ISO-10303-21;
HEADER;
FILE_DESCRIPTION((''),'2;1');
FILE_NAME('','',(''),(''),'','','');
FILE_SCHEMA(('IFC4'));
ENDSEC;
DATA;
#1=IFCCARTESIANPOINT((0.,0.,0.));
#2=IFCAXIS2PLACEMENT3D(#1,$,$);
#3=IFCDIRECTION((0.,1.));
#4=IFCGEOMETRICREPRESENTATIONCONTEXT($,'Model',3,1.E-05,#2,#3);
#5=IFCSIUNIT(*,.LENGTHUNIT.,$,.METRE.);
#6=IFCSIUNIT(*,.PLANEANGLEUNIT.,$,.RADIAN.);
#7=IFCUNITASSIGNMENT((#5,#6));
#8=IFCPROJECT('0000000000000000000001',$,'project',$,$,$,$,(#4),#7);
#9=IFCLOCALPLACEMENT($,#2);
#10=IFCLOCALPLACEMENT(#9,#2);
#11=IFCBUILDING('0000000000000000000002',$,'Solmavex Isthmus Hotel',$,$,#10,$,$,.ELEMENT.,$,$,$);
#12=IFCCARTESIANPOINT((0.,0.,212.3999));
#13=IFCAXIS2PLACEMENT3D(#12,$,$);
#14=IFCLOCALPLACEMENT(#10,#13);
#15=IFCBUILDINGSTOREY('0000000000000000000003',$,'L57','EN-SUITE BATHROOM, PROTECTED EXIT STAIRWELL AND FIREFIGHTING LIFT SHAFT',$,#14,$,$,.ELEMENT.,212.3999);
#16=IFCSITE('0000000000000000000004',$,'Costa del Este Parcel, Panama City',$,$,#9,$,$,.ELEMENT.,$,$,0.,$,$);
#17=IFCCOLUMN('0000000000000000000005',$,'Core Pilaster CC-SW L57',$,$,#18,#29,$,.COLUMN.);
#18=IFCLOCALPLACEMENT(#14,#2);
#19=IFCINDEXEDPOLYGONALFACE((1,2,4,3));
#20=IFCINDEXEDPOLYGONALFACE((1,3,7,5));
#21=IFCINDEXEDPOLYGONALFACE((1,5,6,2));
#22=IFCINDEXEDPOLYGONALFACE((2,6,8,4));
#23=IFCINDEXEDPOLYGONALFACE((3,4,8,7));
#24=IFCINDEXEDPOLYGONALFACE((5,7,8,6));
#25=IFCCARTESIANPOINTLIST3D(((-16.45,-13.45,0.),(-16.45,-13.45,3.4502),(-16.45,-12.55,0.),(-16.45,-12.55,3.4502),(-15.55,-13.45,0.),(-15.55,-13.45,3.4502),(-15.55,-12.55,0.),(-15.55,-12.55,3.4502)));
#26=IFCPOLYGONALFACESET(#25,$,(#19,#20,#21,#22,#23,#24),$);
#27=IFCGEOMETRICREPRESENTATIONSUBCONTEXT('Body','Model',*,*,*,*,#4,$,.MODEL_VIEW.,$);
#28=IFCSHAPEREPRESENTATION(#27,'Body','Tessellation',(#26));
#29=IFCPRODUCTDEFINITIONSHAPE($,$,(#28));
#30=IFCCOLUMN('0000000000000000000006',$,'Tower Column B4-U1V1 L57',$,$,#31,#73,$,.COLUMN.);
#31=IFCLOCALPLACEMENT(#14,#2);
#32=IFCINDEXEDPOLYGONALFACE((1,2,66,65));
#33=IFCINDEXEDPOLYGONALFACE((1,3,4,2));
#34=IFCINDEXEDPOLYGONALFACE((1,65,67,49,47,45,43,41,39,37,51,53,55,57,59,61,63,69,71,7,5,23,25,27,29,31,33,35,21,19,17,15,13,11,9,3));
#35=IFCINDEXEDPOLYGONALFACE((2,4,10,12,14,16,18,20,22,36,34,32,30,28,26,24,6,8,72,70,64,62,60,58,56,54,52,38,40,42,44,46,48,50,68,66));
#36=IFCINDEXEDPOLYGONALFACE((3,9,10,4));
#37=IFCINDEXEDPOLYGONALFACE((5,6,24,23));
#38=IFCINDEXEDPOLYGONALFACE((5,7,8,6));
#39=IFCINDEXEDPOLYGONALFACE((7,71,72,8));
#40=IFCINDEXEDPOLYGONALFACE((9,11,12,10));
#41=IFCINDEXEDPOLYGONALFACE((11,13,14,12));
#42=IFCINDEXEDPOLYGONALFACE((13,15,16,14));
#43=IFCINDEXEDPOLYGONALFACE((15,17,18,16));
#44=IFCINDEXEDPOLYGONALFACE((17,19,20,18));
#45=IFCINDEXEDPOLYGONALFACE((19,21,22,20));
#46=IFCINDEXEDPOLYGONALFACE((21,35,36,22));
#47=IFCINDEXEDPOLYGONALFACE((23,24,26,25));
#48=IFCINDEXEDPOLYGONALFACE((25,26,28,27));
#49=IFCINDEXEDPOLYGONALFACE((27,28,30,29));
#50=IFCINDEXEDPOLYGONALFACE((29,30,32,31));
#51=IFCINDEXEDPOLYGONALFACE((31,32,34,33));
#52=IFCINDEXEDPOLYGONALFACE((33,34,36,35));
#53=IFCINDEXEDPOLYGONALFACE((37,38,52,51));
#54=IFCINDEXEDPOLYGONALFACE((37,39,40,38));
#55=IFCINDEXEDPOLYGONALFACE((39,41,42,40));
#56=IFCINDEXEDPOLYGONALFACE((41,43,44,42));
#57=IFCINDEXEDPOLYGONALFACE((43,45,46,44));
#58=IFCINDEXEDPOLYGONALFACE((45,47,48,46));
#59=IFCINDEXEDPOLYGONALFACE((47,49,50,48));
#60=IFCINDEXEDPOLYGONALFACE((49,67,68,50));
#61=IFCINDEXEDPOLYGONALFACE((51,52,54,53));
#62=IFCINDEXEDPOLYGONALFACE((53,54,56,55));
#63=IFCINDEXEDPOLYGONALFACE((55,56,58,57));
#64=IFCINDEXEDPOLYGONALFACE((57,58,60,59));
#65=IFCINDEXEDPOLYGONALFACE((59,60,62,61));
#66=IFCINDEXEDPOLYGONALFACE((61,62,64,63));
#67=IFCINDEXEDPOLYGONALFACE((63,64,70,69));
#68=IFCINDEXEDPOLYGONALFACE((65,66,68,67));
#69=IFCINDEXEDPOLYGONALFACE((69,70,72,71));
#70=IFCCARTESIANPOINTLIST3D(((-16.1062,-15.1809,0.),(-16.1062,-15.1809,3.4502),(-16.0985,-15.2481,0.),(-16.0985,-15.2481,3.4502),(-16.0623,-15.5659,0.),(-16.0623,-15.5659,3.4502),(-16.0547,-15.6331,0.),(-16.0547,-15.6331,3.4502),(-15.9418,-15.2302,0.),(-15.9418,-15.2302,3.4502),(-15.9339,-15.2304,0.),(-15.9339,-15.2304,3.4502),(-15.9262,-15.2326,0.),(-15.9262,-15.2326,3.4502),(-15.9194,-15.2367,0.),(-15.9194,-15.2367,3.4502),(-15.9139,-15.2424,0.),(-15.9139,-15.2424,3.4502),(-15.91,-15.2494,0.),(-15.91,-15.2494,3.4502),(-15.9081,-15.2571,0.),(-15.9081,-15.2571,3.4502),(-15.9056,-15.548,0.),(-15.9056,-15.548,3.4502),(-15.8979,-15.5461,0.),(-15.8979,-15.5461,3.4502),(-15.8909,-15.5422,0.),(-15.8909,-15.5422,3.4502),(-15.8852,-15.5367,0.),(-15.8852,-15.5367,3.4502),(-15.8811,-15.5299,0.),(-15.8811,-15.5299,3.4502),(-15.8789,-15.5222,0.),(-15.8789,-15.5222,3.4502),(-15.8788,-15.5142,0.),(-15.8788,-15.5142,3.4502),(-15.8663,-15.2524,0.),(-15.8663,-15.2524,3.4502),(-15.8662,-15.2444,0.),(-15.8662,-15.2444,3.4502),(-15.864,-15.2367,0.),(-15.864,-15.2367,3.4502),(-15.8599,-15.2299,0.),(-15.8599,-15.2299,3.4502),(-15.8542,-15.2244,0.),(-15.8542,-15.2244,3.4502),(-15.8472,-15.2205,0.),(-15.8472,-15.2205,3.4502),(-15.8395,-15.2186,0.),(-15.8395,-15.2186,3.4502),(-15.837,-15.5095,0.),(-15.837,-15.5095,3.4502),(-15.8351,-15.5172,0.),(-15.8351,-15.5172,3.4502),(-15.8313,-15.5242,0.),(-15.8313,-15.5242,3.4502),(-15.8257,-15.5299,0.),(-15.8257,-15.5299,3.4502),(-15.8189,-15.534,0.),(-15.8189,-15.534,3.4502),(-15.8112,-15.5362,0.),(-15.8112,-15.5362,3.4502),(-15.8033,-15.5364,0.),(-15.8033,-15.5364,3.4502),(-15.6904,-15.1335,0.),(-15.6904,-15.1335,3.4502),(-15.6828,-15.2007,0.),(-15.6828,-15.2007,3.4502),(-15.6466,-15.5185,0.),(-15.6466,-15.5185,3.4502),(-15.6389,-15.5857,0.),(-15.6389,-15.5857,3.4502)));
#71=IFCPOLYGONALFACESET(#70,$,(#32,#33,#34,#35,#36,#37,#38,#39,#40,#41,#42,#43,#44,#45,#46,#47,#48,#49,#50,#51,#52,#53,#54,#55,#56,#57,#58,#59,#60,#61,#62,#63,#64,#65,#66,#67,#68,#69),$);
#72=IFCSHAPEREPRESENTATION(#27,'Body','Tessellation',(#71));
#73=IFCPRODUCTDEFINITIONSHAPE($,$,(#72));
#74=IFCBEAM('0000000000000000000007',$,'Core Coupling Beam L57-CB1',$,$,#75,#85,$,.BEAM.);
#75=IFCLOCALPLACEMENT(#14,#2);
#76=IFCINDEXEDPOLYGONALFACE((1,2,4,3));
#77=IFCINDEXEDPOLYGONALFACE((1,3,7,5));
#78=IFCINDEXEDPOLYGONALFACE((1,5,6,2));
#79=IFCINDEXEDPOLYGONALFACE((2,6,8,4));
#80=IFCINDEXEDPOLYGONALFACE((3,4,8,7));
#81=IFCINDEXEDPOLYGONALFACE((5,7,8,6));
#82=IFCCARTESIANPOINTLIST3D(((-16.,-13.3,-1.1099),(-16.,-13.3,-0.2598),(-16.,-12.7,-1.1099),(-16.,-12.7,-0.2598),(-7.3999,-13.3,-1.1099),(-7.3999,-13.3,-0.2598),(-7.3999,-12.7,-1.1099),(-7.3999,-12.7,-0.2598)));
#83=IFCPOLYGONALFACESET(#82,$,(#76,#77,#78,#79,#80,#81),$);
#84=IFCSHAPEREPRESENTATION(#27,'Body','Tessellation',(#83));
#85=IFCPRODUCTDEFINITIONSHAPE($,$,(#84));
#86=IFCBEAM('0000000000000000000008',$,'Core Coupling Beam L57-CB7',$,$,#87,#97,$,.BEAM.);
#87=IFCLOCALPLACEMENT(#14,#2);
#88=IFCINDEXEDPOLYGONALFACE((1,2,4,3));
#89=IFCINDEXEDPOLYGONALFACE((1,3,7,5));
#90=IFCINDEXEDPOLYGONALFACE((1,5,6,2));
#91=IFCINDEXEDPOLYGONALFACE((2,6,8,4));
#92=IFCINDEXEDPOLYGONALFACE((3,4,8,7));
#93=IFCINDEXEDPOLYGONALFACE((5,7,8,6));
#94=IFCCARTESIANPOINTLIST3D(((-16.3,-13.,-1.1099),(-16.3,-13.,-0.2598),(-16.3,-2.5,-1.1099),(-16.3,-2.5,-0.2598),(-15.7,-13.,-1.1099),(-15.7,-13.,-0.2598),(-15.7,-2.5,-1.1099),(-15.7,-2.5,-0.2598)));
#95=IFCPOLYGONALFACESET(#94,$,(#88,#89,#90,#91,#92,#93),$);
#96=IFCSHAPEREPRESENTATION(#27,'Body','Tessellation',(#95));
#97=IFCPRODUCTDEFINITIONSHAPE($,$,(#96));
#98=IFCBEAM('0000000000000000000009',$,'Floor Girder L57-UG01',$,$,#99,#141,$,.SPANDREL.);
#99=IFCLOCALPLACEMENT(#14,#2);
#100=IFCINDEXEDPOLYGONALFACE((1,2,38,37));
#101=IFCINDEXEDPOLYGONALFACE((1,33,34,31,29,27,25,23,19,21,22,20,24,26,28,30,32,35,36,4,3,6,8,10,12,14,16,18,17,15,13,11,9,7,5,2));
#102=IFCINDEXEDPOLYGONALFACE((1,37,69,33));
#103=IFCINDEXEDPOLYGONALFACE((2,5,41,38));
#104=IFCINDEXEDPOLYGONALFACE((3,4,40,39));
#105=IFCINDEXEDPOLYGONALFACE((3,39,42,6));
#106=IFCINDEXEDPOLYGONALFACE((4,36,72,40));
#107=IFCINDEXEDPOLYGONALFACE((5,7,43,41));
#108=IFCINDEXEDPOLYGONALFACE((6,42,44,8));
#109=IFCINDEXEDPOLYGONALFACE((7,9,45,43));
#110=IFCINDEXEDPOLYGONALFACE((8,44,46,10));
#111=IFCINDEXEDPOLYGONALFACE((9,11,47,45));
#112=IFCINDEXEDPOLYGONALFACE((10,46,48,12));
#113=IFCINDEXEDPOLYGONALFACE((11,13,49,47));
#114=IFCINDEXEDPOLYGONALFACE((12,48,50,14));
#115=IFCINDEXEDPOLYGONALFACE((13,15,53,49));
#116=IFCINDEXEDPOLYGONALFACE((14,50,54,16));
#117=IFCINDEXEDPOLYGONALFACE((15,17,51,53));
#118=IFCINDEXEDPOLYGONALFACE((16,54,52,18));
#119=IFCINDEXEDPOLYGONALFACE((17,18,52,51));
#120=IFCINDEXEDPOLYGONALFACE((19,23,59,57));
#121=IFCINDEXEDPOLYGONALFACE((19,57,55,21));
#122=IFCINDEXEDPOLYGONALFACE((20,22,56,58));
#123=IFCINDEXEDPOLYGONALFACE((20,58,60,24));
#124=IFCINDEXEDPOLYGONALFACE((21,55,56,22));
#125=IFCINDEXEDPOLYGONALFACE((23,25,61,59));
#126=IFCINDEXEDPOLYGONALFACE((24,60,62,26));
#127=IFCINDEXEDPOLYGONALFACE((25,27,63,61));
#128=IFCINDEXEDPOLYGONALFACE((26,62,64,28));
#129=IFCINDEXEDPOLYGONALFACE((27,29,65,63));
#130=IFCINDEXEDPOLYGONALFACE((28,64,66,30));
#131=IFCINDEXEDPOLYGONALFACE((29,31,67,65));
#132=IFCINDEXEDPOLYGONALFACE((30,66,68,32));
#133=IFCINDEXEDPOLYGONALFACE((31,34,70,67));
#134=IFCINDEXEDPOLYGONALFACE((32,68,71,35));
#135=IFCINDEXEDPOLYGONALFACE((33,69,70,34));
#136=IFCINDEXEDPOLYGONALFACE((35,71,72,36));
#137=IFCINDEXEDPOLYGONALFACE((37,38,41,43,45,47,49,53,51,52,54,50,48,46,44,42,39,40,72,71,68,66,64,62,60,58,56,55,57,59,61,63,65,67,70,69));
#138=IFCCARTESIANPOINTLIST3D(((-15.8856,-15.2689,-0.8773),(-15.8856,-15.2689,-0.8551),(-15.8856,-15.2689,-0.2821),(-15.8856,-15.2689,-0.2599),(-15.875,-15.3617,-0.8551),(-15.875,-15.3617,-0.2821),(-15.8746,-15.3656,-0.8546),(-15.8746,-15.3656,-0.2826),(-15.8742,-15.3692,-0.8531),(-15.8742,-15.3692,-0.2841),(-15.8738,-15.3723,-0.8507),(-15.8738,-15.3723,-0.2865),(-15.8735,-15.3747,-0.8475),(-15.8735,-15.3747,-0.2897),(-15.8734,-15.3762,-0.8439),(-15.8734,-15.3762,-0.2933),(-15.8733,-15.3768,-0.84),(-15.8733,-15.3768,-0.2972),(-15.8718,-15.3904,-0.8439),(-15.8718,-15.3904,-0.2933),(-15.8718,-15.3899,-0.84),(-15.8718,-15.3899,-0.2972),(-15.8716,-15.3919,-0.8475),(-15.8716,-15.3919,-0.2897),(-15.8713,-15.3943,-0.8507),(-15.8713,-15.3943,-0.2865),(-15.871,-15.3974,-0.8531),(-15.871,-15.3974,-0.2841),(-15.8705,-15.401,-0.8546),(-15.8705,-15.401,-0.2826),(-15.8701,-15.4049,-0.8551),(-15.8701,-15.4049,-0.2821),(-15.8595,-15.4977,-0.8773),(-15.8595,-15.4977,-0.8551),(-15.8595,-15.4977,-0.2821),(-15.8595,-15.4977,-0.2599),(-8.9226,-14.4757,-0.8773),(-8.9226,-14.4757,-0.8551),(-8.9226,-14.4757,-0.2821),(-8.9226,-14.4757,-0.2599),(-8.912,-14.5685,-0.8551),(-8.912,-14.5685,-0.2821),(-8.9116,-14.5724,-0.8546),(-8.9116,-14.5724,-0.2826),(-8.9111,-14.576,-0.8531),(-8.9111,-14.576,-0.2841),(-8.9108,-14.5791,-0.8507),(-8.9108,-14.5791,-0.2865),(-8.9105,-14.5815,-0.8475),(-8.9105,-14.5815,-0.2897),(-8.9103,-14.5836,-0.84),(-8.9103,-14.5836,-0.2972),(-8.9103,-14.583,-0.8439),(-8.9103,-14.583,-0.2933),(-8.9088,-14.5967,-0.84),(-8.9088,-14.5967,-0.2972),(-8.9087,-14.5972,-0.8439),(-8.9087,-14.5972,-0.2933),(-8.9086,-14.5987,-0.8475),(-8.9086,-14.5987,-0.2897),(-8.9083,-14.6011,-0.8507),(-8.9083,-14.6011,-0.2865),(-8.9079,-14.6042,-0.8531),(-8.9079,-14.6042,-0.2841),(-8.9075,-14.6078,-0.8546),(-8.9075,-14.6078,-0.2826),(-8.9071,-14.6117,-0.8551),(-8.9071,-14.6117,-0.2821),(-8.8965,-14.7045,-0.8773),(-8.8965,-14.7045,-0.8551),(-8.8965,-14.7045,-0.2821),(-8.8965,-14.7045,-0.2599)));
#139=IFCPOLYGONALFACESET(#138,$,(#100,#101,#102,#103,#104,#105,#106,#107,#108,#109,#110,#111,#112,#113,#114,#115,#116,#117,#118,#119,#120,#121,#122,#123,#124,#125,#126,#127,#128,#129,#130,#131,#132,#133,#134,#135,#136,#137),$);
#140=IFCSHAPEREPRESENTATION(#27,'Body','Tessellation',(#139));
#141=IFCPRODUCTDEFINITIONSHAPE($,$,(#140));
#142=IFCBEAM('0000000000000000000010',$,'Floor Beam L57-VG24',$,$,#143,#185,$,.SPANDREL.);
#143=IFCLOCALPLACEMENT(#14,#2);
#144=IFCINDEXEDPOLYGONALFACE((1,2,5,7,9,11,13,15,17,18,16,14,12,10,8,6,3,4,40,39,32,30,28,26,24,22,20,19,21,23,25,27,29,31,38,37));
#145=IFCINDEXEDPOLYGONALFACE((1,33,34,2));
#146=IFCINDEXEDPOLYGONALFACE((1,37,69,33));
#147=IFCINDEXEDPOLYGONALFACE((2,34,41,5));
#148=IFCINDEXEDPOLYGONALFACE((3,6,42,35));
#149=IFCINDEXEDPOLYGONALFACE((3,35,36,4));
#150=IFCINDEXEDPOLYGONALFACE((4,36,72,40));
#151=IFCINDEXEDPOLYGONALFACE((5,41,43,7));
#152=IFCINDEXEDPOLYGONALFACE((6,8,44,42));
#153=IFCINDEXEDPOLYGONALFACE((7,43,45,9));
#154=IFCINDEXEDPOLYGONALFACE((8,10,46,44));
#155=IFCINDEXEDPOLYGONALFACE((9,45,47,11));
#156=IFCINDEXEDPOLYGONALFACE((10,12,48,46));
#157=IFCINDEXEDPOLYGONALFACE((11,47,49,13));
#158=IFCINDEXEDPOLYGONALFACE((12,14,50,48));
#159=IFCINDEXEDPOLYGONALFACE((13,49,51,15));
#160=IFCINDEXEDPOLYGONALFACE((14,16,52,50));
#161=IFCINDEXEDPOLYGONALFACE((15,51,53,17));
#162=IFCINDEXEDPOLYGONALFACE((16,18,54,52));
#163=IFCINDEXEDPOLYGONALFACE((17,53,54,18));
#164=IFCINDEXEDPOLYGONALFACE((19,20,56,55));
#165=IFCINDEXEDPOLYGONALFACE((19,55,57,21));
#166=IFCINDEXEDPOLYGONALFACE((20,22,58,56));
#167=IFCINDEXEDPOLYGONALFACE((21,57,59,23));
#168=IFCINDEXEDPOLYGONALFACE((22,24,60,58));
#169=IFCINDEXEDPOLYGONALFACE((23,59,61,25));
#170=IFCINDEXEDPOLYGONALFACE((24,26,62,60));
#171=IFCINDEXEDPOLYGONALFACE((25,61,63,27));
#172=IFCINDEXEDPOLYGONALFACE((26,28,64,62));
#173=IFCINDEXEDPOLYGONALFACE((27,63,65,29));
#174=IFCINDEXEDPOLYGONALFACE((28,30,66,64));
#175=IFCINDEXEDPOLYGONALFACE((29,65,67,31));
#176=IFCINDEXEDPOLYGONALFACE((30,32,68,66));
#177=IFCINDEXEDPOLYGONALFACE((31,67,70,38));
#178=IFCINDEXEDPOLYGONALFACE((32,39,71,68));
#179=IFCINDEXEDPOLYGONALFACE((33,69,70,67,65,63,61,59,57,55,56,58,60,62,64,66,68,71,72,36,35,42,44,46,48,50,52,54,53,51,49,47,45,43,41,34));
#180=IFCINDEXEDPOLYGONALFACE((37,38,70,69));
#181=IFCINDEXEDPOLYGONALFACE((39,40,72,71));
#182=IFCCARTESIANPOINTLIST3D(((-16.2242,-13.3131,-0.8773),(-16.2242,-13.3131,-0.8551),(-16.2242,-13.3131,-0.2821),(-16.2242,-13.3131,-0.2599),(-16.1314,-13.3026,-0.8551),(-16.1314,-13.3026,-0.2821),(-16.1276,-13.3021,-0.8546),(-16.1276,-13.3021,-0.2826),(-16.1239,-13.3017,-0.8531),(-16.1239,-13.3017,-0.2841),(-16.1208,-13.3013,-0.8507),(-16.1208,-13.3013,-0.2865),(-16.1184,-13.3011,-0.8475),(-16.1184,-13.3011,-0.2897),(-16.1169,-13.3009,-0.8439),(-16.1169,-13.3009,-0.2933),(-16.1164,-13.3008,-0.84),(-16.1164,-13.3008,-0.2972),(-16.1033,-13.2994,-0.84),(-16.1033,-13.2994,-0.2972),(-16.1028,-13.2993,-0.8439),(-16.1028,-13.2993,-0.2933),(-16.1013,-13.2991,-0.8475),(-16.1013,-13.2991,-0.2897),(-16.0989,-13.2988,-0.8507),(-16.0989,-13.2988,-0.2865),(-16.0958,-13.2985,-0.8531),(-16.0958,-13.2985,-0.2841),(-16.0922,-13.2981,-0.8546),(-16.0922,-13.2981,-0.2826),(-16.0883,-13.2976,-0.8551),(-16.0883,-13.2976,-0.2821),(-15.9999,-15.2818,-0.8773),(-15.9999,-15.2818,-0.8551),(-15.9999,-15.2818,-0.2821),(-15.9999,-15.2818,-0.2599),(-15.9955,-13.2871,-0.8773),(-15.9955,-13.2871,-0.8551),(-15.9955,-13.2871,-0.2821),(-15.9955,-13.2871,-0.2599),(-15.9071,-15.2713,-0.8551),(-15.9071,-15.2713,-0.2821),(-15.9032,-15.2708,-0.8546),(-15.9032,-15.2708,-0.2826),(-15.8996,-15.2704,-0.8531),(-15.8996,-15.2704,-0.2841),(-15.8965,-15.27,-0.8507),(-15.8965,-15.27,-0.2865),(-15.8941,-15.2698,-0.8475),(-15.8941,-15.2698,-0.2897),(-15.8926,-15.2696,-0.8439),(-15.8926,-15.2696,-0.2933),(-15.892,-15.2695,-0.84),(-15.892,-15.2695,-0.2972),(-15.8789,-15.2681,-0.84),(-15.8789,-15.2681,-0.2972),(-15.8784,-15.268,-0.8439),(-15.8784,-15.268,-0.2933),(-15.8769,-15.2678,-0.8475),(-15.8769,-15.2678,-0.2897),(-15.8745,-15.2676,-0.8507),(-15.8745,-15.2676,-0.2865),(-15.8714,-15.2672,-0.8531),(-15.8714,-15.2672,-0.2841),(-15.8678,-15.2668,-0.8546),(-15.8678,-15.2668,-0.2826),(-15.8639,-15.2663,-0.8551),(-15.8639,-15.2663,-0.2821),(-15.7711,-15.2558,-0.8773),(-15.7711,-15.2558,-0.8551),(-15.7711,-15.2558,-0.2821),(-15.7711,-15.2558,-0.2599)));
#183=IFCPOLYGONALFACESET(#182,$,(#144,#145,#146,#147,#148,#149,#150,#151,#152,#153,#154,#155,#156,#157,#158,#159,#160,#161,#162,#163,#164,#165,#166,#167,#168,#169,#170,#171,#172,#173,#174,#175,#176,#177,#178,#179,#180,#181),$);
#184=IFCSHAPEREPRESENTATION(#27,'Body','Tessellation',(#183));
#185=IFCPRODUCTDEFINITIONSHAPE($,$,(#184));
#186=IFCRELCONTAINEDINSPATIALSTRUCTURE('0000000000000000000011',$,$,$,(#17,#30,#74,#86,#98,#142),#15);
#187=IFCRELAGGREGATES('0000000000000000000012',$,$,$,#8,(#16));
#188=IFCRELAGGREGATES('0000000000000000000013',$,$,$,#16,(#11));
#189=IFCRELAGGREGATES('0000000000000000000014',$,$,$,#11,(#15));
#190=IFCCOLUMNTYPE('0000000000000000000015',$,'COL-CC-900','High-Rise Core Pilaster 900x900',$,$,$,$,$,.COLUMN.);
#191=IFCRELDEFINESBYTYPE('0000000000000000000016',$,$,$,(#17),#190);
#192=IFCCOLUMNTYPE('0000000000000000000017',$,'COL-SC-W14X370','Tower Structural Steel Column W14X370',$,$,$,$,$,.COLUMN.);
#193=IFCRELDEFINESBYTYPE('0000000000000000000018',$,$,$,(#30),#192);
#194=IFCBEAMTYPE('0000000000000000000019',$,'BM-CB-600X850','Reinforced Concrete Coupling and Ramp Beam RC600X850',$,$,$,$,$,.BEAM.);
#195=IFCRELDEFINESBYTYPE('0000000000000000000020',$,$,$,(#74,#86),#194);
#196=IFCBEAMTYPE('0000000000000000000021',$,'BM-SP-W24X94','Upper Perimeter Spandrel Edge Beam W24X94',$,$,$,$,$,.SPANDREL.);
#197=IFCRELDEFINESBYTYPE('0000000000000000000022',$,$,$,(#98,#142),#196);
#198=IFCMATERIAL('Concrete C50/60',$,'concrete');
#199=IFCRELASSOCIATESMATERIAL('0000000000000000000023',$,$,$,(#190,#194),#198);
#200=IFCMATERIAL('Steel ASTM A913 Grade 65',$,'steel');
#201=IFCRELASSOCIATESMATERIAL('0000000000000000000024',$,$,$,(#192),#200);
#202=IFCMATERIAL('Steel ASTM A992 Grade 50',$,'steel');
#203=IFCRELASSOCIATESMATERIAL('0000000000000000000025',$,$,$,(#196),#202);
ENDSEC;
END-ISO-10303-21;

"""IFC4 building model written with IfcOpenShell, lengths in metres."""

from ifc_helpers import new_model, si_unit, direction, frame, origin, origin_2d, place, context, subcontext, project, spatial, rectangle, i_section, extrude, material, material_profile, profile_set, type_object, element, save


model = new_model("IFC4")

# Units and contexts
model_context = context("Model", 3, precision=1e-05, world=origin(), true_north=direction((0.0, 1.0)))
body_context = subcontext(model_context, "Body", "Model", "MODEL_VIEW")
ifc_project = project(units=[si_unit("LENGTHUNIT", "METRE"), si_unit("PLANEANGLEUNIT", "RADIAN")], contexts=[model_context])

# Site, building, storey
site_placement = place(None, origin())
site = spatial("IfcSite", under=ifc_project, at=site_placement, Name="Costa del Este Parcel, Panama City", CompositionType="ELEMENT", RefElevation=0.0)
building_placement = place(site_placement, origin())
building = spatial("IfcBuilding", under=site, at=building_placement, Name="Solmavex Isthmus Hotel", CompositionType="ELEMENT")
storey_placement = place(building_placement, frame((0.0, 0.0, 212.3999)))
storey = spatial("IfcBuildingStorey", under=building, at=storey_placement, Name="L57", Description="EN-SUITE BATHROOM, PROTECTED EXIT STAIRWELL AND FIREFIGHTING LIFT SHAFT", CompositionType="ELEMENT", Elevation=212.3999)

# Columns
ifc_material_1 = material(Name="Concrete C50/60", Category="concrete")
ifc_material_profile_1 = material_profile(ifc_material_1, rectangle(XDim=0.8999, YDim=0.8999, at=origin_2d()), Name="RC900X900")
ifc_profile_set_1 = profile_set([ifc_material_profile_1], Name="Concrete C50/60")
column_type_1 = type_object("IfcColumnType", Name="COL-CC-900", Description="High-Rise Core Pilaster 900x900", PredefinedType="COLUMN", material=ifc_profile_set_1)
column_1_placement = place(storey_placement, frame((-16.0, -13.0, 0.0), z_axis=(0.0, 0.0, 1.0), x_axis=(1.0, 0.0, 0.0)))
element("IfcColumn", 1, at=column_1_placement, inside=storey, type_object=column_type_1, Name="Core Pilaster CC-SW L57", PredefinedType="COLUMN", context=body_context, shape_type="SweptSolid", body=[
    extrude(rectangle(XDim=0.8999, YDim=0.8999, at=origin_2d()), origin(), (0.0, 0.0, 1.0), 3.4502),
])
ifc_material_2 = material(Name="Steel ASTM A913 Grade 65", Category="steel")
ifc_material_profile_2 = material_profile(ifc_material_2, i_section(OverallWidth=0.4185, OverallDepth=0.4551, WebThickness=0.042, FlangeThickness=0.0676, FilletRadius=0.0305, at=origin_2d()), Name="W14X370")
ifc_profile_set_2 = profile_set([ifc_material_profile_2], Name="Steel ASTM A913 Grade 65")
column_type_2 = type_object("IfcColumnType", Name="COL-SC-W14X370", Description="Tower Structural Steel Column W14X370", PredefinedType="COLUMN", material=ifc_profile_set_2)
column_2_placement = place(storey_placement, frame((-15.8726, -15.3833, 0.0), z_axis=(0.0, 0.0, 1.0), x_axis=(0.993572, 0.113203, 0.0)))
element("IfcColumn", 2, at=column_2_placement, inside=storey, type_object=column_type_2, Name="Tower Column B4-U1V1 L57", PredefinedType="COLUMN", context=body_context, shape_type="SweptSolid", body=[
    extrude(i_section(OverallWidth=0.4185, OverallDepth=0.4551, WebThickness=0.042, FlangeThickness=0.0676, FilletRadius=0.0305, at=origin_2d()), origin(), (0.0, 0.0, 1.0), 3.4502),
])

# Beams
ifc_material_profile_3 = material_profile(ifc_material_1, rectangle(XDim=0.6001, YDim=0.8501, at=origin_2d()), Name="RC600X850")
ifc_profile_set_3 = profile_set([ifc_material_profile_3], Name="Concrete C50/60")
beam_type_1 = type_object("IfcBeamType", Name="BM-CB-600X850", Description="Reinforced Concrete Coupling and Ramp Beam RC600X850", PredefinedType="BEAM", material=ifc_profile_set_3)
beam_1_placement = place(storey_placement, frame((-16.0, -13.0, -0.6848), z_axis=(1.0, 0.0, 0.0), x_axis=(0.0, 1.0, 0.0)))
element("IfcBeam", 3, at=beam_1_placement, inside=storey, type_object=beam_type_1, Name="Core Coupling Beam L57-CB1", PredefinedType="BEAM", context=body_context, shape_type="SweptSolid", body=[
    extrude(rectangle(XDim=0.6001, YDim=0.8501, at=origin_2d()), origin(), (0.0, 0.0, 1.0), 8.6001),
])
beam_2_placement = place(storey_placement, frame((-16.0, -13.0, -0.6848), z_axis=(0.0, 1.0, 0.0), x_axis=(-1.0, 0.0, 0.0)))
element("IfcBeam", 4, at=beam_2_placement, inside=storey, type_object=beam_type_1, Name="Core Coupling Beam L57-CB7", PredefinedType="BEAM", context=body_context, shape_type="SweptSolid", body=[
    extrude(rectangle(XDim=0.6001, YDim=0.8501, at=origin_2d()), origin(), (0.0, 0.0, 1.0), 10.5),
])
ifc_material_3 = material(Name="Steel ASTM A992 Grade 50", Category="steel")
ifc_material_profile_4 = material_profile(ifc_material_3, i_section(OverallWidth=0.2302, OverallDepth=0.6174, WebThickness=0.0132, FlangeThickness=0.0222, FilletRadius=0.0151, at=origin_2d()), Name="W24X94")
ifc_profile_set_4 = profile_set([ifc_material_profile_4], Name="Steel ASTM A992 Grade 50")
beam_type_2 = type_object("IfcBeamType", Name="BM-SP-W24X94", Description="Upper Perimeter Spandrel Edge Beam W24X94", PredefinedType="SPANDREL", material=ifc_profile_set_4)
beam_3_placement = place(storey_placement, frame((-15.8726, -15.3833, -0.5686), z_axis=(0.993574, 0.113184, 0.0), x_axis=(-0.113184, 0.993574, 0.0)))
element("IfcBeam", 5, at=beam_3_placement, inside=storey, type_object=beam_type_2, Name="Floor Girder L57-UG01", PredefinedType="SPANDREL", context=body_context, shape_type="SweptSolid", body=[
    extrude(i_section(OverallWidth=0.2302, OverallDepth=0.6174, WebThickness=0.0132, FlangeThickness=0.0222, FilletRadius=0.0151, at=origin_2d()), origin(), (0.0, 0.0, 1.0), 7.0081),
])
beam_4_placement = place(storey_placement, frame((-15.8855, -15.2688, -0.5686), z_axis=(-0.11323, 0.993569, 0.0), x_axis=(-0.993569, -0.11323, 0.0)))
element("IfcBeam", 6, at=beam_4_placement, inside=storey, type_object=beam_type_2, Name="Floor Beam L57-VG24", PredefinedType="SPANDREL", context=body_context, shape_type="SweptSolid", body=[
    extrude(i_section(OverallWidth=0.2302, OverallDepth=0.6174, WebThickness=0.0132, FlangeThickness=0.0222, FilletRadius=0.0151, at=origin_2d()), origin(), (0.0, 0.0, 1.0), 1.9814),
])

save(model, "model.ifc")
